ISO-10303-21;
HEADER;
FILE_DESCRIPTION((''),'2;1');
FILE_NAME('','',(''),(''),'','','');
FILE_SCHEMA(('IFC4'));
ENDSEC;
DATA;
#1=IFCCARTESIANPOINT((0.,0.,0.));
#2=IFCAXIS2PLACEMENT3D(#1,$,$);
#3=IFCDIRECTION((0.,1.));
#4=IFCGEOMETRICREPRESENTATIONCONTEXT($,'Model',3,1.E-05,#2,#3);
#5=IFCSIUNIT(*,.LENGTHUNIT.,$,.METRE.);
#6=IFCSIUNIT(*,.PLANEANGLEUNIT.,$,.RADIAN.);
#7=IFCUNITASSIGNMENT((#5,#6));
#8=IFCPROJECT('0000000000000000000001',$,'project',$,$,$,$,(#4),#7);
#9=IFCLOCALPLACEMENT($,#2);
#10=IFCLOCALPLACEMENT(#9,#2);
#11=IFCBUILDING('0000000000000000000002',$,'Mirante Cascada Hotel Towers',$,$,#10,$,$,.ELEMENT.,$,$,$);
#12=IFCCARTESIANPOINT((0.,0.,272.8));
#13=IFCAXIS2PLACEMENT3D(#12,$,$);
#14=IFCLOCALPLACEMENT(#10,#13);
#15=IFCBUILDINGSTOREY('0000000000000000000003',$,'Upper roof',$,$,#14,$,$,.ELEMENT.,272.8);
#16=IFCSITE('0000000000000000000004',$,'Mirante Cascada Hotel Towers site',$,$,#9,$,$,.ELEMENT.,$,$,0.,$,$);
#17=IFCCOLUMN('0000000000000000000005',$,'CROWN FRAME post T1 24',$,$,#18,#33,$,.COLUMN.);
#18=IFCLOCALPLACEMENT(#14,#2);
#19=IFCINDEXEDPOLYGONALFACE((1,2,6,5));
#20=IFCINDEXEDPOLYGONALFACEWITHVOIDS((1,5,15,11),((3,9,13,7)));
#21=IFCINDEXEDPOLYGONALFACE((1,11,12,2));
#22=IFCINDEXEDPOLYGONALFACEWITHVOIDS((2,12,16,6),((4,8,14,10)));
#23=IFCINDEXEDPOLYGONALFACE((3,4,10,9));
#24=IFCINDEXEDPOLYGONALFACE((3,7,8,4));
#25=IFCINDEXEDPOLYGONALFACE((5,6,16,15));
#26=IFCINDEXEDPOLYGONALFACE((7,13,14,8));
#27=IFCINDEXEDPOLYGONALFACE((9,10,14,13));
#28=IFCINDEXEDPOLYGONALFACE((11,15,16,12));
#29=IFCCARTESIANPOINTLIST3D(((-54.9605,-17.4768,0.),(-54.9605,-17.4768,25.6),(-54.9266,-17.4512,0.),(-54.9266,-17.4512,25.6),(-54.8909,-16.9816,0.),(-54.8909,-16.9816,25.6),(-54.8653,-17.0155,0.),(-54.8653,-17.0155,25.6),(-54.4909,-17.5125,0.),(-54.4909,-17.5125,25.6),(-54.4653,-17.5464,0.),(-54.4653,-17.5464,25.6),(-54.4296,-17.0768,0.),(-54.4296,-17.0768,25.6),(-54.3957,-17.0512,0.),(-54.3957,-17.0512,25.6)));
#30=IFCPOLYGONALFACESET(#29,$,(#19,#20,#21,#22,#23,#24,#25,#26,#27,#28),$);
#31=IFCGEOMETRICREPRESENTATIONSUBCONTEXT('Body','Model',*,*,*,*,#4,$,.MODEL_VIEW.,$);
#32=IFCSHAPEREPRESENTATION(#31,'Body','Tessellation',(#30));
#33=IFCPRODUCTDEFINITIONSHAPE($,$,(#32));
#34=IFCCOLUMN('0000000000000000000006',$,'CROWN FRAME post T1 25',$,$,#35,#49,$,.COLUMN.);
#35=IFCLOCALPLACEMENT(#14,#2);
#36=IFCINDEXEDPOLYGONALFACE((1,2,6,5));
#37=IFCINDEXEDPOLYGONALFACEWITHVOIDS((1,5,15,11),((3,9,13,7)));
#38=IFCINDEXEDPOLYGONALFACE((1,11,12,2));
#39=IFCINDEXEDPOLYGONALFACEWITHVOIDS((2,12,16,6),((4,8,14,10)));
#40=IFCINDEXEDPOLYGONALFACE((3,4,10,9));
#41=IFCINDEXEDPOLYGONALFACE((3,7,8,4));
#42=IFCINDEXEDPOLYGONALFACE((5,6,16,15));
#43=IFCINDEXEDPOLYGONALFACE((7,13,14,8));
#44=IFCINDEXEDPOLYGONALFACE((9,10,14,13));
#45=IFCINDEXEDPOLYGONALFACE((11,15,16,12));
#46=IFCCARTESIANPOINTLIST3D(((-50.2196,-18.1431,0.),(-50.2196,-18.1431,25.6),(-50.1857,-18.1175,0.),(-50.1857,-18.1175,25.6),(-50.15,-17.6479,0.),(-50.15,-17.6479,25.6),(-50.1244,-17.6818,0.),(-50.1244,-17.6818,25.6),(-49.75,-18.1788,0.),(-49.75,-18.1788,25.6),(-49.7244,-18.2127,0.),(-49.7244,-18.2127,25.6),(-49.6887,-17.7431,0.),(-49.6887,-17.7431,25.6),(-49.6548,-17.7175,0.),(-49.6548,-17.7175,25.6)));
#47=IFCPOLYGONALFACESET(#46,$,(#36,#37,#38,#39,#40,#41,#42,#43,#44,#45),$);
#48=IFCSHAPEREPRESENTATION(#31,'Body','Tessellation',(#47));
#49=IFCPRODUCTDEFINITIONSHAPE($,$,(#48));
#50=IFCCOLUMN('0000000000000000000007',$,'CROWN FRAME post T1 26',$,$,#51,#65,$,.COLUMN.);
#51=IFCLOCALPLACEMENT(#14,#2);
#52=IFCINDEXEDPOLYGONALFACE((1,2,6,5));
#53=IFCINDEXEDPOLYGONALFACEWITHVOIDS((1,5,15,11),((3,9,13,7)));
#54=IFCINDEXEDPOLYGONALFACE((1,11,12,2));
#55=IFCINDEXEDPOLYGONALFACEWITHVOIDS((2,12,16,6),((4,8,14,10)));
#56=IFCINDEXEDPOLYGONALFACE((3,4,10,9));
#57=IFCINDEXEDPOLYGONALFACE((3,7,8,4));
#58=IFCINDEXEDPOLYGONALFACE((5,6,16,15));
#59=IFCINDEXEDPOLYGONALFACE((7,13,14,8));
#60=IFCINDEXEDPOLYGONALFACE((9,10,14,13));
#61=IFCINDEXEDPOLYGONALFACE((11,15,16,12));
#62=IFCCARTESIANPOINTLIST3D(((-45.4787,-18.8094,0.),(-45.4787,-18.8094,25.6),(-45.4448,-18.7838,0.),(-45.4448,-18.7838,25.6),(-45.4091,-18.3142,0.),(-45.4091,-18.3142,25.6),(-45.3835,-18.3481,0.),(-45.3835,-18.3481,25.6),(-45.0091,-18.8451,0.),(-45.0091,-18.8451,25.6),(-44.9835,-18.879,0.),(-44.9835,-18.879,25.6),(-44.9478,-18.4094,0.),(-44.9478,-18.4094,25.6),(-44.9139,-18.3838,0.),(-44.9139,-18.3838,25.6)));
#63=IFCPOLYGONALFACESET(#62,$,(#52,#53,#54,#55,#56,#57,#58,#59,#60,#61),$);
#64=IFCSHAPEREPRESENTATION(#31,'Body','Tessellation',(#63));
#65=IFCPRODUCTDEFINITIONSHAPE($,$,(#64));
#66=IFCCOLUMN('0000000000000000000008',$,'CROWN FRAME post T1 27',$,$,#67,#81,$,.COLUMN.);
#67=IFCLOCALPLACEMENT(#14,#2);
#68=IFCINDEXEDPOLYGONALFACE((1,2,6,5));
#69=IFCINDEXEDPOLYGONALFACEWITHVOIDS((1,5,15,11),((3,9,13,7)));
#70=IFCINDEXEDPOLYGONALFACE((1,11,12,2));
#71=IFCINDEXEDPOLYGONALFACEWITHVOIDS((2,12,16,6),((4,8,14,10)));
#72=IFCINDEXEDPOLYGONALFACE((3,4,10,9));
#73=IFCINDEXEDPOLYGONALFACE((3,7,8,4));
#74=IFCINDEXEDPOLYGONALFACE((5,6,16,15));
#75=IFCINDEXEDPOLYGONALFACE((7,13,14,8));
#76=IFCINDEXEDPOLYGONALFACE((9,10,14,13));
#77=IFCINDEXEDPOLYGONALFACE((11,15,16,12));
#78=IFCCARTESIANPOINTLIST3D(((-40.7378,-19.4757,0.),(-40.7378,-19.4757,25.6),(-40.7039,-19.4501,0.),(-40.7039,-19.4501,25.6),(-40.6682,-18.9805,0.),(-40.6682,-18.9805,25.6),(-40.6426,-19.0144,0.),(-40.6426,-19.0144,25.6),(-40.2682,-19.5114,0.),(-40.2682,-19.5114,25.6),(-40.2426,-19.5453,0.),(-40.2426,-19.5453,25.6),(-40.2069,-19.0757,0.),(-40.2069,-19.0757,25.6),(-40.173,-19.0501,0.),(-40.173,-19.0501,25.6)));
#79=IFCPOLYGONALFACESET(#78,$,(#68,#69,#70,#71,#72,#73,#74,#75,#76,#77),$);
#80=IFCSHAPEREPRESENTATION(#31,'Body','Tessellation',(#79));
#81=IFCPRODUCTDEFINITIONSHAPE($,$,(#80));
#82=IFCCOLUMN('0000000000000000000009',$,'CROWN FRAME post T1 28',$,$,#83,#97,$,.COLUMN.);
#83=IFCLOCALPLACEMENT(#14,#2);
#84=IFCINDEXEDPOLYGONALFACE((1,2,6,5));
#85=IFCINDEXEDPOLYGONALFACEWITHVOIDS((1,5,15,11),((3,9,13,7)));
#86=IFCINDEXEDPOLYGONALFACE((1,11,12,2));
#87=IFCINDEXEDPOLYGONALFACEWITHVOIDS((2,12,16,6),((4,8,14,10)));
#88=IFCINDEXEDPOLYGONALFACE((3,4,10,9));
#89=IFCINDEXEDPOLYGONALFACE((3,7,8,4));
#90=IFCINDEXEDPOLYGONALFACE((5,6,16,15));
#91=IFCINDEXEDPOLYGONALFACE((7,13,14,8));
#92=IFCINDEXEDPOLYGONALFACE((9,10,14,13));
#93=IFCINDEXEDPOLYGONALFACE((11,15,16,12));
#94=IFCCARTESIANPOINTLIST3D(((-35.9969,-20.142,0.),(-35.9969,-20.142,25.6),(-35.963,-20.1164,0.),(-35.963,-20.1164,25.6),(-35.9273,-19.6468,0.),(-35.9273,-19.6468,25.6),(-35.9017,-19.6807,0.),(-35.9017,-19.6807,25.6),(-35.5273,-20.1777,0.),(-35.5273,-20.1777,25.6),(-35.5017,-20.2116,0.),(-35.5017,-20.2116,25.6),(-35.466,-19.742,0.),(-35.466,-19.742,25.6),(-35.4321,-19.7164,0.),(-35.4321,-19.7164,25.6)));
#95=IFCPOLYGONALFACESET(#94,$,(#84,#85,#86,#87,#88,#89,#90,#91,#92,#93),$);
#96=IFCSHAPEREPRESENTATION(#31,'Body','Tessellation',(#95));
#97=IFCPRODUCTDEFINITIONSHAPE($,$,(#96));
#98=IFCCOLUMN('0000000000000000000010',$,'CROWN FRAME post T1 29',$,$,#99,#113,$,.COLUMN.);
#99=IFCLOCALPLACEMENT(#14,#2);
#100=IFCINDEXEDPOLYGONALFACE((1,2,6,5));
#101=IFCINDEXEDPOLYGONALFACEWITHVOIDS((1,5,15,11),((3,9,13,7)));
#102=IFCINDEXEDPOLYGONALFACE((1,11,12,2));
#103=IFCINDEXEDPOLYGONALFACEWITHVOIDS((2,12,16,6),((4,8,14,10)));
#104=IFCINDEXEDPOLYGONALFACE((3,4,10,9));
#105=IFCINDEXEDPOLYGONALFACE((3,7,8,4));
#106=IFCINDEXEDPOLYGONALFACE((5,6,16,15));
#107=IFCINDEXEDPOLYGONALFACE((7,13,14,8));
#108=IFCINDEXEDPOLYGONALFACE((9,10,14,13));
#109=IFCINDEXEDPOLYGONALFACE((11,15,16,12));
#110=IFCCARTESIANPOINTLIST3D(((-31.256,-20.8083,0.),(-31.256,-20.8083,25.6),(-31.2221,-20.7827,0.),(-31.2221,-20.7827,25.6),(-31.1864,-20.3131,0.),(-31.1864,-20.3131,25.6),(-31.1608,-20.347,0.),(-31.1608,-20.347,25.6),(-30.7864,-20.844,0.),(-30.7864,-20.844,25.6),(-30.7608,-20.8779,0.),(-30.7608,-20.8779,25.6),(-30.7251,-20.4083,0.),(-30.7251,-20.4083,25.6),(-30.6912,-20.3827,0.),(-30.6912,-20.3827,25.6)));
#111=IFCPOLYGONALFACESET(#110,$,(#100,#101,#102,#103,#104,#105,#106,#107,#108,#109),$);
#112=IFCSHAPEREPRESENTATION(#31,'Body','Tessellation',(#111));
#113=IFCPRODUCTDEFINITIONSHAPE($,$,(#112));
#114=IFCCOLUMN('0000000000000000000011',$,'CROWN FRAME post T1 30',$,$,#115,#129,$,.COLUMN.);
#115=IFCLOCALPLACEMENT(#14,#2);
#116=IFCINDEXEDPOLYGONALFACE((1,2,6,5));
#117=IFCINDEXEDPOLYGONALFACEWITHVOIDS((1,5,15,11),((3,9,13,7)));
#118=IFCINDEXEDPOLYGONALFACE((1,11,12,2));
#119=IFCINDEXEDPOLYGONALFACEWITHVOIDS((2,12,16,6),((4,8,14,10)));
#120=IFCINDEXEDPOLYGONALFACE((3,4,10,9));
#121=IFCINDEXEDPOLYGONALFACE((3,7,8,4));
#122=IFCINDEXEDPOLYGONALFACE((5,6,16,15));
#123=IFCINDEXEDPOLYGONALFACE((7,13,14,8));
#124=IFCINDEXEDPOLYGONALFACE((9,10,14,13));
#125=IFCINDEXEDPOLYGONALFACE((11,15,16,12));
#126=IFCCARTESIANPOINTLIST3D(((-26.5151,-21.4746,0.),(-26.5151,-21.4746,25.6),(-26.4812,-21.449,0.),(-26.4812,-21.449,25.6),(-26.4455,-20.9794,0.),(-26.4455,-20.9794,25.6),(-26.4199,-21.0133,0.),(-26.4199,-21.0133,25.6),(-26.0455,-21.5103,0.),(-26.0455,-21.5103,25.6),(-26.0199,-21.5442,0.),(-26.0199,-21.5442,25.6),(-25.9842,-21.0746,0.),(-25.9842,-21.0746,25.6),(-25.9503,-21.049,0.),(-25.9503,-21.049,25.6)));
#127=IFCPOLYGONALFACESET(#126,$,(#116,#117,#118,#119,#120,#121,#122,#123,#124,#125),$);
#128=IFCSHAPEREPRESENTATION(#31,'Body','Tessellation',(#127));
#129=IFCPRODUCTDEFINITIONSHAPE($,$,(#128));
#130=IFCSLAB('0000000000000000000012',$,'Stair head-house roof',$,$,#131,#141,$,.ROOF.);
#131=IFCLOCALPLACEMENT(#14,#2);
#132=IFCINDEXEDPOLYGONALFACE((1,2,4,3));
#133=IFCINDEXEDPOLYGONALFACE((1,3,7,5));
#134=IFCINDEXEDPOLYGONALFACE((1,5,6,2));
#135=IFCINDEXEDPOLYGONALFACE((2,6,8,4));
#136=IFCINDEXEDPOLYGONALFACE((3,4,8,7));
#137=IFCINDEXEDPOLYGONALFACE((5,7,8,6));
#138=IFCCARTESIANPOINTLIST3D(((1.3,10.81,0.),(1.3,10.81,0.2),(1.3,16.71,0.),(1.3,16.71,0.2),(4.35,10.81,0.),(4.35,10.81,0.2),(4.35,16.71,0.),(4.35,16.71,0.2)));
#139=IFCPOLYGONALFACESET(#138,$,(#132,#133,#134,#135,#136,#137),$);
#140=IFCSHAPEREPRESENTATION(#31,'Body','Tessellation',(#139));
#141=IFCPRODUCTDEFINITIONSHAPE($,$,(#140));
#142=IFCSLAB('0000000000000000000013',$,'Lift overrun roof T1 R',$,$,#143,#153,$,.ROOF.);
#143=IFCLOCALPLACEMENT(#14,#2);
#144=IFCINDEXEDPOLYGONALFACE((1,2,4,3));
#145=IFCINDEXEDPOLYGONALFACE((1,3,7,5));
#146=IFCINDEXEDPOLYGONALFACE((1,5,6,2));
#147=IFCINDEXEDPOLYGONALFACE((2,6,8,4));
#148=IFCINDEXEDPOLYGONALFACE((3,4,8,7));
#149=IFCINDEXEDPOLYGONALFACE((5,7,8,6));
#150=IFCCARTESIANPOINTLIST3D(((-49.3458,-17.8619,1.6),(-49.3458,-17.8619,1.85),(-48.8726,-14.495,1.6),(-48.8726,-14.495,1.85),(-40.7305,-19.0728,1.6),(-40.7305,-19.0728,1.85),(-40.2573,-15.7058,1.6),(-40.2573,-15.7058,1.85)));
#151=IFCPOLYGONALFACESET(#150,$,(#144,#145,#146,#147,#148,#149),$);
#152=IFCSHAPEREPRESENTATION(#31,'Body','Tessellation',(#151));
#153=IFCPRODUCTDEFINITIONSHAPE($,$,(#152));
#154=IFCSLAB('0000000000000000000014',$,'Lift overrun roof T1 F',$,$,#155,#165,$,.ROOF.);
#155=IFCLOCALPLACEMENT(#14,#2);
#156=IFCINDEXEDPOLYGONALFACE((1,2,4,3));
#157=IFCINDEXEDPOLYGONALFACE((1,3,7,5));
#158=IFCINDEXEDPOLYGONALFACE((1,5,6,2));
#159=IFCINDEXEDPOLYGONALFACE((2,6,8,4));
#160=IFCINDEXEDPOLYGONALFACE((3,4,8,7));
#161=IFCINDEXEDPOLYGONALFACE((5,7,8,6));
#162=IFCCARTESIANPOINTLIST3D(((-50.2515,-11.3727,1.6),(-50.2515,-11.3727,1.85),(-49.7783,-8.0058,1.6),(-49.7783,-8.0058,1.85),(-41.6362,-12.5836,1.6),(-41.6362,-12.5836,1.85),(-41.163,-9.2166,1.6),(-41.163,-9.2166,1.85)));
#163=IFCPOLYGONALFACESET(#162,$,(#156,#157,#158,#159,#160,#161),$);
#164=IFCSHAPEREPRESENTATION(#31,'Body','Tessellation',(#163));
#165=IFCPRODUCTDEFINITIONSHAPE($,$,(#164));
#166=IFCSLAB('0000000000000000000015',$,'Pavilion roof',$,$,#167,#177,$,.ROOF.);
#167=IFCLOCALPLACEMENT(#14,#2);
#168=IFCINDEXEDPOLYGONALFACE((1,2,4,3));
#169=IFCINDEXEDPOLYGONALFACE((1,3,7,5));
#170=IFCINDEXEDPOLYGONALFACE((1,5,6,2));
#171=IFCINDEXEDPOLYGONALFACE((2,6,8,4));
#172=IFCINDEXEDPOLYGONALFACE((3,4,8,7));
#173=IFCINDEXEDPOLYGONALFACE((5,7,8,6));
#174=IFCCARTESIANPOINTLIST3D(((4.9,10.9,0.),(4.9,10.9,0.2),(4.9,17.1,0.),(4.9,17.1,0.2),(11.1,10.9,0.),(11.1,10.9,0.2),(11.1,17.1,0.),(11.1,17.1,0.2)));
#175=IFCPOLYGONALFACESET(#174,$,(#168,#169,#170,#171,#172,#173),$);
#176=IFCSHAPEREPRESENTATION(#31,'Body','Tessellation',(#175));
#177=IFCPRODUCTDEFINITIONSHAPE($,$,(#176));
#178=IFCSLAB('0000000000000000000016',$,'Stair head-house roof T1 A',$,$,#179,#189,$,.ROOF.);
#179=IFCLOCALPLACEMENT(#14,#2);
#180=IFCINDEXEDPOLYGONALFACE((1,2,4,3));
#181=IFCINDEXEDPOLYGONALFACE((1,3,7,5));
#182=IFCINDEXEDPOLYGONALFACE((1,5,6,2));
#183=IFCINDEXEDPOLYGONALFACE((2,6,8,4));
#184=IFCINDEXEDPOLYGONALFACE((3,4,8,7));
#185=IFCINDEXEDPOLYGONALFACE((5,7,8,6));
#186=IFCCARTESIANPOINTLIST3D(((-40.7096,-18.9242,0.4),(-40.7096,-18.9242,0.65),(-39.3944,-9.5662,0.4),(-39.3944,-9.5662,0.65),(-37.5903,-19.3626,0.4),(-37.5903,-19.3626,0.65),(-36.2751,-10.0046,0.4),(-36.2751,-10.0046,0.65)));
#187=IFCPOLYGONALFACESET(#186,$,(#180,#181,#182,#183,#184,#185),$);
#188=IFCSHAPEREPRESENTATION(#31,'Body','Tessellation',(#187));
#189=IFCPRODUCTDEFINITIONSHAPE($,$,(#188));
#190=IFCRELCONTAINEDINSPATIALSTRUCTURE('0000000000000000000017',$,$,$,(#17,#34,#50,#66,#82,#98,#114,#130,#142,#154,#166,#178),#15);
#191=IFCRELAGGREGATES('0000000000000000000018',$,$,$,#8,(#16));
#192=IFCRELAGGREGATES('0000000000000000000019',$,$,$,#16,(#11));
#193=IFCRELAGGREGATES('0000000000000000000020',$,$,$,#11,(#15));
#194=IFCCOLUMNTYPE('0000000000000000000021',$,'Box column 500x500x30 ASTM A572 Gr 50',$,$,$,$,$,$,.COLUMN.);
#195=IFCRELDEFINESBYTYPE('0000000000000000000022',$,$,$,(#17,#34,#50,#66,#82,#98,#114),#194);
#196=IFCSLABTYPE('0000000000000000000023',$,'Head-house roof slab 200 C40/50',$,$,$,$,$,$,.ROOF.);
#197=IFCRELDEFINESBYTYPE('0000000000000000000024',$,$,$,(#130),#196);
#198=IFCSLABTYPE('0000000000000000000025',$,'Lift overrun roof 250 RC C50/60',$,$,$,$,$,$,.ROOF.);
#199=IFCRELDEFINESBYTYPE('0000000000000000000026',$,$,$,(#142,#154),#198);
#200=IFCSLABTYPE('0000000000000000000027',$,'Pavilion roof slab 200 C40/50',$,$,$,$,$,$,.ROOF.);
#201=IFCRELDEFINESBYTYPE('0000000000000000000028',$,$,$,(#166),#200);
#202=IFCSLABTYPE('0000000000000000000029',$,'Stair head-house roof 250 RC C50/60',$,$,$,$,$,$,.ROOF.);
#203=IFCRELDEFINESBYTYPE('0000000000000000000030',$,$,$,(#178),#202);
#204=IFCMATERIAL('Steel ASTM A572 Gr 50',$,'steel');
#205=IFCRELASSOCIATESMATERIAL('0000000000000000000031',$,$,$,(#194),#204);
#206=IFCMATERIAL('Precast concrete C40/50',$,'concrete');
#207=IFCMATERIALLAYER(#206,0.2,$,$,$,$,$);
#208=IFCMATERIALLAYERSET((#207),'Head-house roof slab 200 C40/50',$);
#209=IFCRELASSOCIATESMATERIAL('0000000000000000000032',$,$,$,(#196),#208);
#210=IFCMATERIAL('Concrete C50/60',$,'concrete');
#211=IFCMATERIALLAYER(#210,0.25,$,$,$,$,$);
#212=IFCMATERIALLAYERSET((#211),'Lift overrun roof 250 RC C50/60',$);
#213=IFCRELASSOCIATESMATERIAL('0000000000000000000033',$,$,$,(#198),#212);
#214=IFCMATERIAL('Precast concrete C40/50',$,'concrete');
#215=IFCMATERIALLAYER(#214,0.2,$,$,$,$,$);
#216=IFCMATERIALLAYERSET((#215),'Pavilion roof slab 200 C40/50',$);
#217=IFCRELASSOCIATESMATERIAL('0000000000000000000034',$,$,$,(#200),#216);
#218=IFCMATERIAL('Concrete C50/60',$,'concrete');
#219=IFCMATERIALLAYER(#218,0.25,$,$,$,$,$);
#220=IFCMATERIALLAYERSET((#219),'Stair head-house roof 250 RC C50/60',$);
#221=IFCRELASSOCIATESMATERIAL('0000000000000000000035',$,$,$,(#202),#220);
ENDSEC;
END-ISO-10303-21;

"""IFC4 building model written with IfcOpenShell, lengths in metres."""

from ifc_helpers import new_model, si_unit, direction, frame, origin, origin_2d, place, context, subcontext, project, spatial, polyline, hollow_rectangle, outline, extrude, material, layer, layer_set, material_profile, profile_set, type_object, element, save


model = new_model("IFC4")

# Units and contexts
model_context = context("Model", 3, precision=1e-05, world=origin(), true_north=direction((0.0, 1.0)))
body_context = subcontext(model_context, "Body", "Model", "MODEL_VIEW")
ifc_project = project(units=[si_unit("LENGTHUNIT", "METRE"), si_unit("PLANEANGLEUNIT", "RADIAN")], contexts=[model_context])

# Site, building, storey
site_placement = place(None, origin())
site = spatial("IfcSite", under=ifc_project, at=site_placement, Name="Mirante Cascada Hotel Towers site", CompositionType="ELEMENT", RefElevation=0.0)
building_placement = place(site_placement, origin())
building = spatial("IfcBuilding", under=site, at=building_placement, Name="Mirante Cascada Hotel Towers", CompositionType="ELEMENT")
storey_placement = place(building_placement, frame((0.0, 0.0, 272.8)))
storey = spatial("IfcBuildingStorey", under=building, at=storey_placement, Name="Upper roof", CompositionType="ELEMENT", Elevation=272.8)

# Columns
ifc_material_1 = material(Name="Steel ASTM A572 Gr 50", Category="steel")
ifc_material_profile_1 = material_profile(ifc_material_1, hollow_rectangle(XDim=0.5, YDim=0.5, WallThickness=0.03, at=origin_2d()), Name="Box column 500x500x30 ASTM A572 Gr 50")
ifc_profile_set_1 = profile_set([ifc_material_profile_1], Name="Steel ASTM A572 Gr 50")
column_type_1 = type_object("IfcColumnType", Name="Box column 500x500x30 ASTM A572 Gr 50", PredefinedType="COLUMN", material=ifc_profile_set_1)
for number, where, z_axis, x_axis, name in (
    (1, (-54.6781, -17.264, 0.0), (0.0, 0.0, 1.0), (-0.990268, 0.139173, 0.0), "CROWN FRAME post T1 24"),
    (2, (-49.9372, -17.9303, 0.0), (0.0, 0.0, 1.0), (-0.990268, 0.139173, 0.0), "CROWN FRAME post T1 25"),
    (3, (-45.1963, -18.5966, 0.0), (0.0, 0.0, 1.0), (-0.990268, 0.139173, 0.0), "CROWN FRAME post T1 26"),
    (4, (-40.4554, -19.2629, 0.0), (0.0, 0.0, 1.0), (-0.990268, 0.139173, 0.0), "CROWN FRAME post T1 27"),
    (5, (-35.7145, -19.9292, 0.0), (0.0, 0.0, 1.0), (-0.990268, 0.139173, 0.0), "CROWN FRAME post T1 28"),
    (6, (-30.9736, -20.5955, 0.0), (0.0, 0.0, 1.0), (-0.990268, 0.139173, 0.0), "CROWN FRAME post T1 29"),
    (7, (-26.2327, -21.2618, 0.0), (0.0, 0.0, 1.0), (-0.990268, 0.139173, 0.0), "CROWN FRAME post T1 30"),
):
    element("IfcColumn", number, at=place(storey_placement, frame(where, z_axis=z_axis, x_axis=x_axis)), inside=storey, type_object=column_type_1, Name=name, PredefinedType="COLUMN", context=body_context, shape_type="SweptSolid", body=[
        extrude(hollow_rectangle(XDim=0.5, YDim=0.5, WallThickness=0.03, at=origin_2d()), origin(), (0.0, 0.0, 1.0), 25.6),
    ])

# Slabs
ifc_material_2 = material(Name="Precast concrete C40/50", Category="concrete")
ifc_layer_1 = layer(ifc_material_2, 0.2)
ifc_layer_set_1 = layer_set([ifc_layer_1], Name="Head-house roof slab 200 C40/50")
slab_type_1 = type_object("IfcSlabType", Name="Head-house roof slab 200 C40/50", PredefinedType="ROOF", material=ifc_layer_set_1)
slab_1_placement = place(storey_placement, origin())
element("IfcSlab", 8, at=slab_1_placement, inside=storey, type_object=slab_type_1, Name="Stair head-house roof", PredefinedType="ROOF", context=body_context, shape_type="SweptSolid", body=[
    extrude(outline(polyline([(1.3, 10.81), (4.35, 10.81), (4.35, 16.71), (1.3, 16.71), (1.3, 10.81)])), origin(), (0.0, 0.0, 1.0), 0.2),
])
ifc_material_3 = material(Name="Concrete C50/60", Category="concrete")
ifc_layer_2 = layer(ifc_material_3, 0.25)
ifc_layer_set_2 = layer_set([ifc_layer_2], Name="Lift overrun roof 250 RC C50/60")
slab_type_2 = type_object("IfcSlabType", Name="Lift overrun roof 250 RC C50/60", PredefinedType="ROOF", material=ifc_layer_set_2)
slab_2_placement = place(storey_placement, frame((0.0, 0.0, 1.6)))
element("IfcSlab", 9, at=slab_2_placement, inside=storey, type_object=slab_type_2, Name="Lift overrun roof T1 R", PredefinedType="ROOF", context=body_context, shape_type="SweptSolid", body=[
    extrude(outline(polyline([(-40.2573, -15.7058), (-48.8726, -14.495), (-49.3458, -17.8619), (-40.7305, -19.0728), (-40.2573, -15.7058)])), origin(), (0.0, 0.0, 1.0), 0.25),
])
slab_3_placement = place(storey_placement, frame((0.0, 0.0, 1.6)))
element("IfcSlab", 10, at=slab_3_placement, inside=storey, type_object=slab_type_2, Name="Lift overrun roof T1 F", PredefinedType="ROOF", context=body_context, shape_type="SweptSolid", body=[
    extrude(outline(polyline([(-41.163, -9.2166), (-49.7783, -8.0058), (-50.2515, -11.3727), (-41.6362, -12.5836), (-41.163, -9.2166)])), origin(), (0.0, 0.0, 1.0), 0.25),
])
ifc_material_4 = material(Name="Precast concrete C40/50", Category="concrete")
ifc_layer_3 = layer(ifc_material_4, 0.2)
ifc_layer_set_3 = layer_set([ifc_layer_3], Name="Pavilion roof slab 200 C40/50")
slab_type_3 = type_object("IfcSlabType", Name="Pavilion roof slab 200 C40/50", PredefinedType="ROOF", material=ifc_layer_set_3)
slab_4_placement = place(storey_placement, origin())
element("IfcSlab", 11, at=slab_4_placement, inside=storey, type_object=slab_type_3, Name="Pavilion roof", PredefinedType="ROOF", context=body_context, shape_type="SweptSolid", body=[
    extrude(outline(polyline([(4.9, 10.9), (11.1, 10.9), (11.1, 17.1), (4.9, 17.1), (4.9, 10.9)])), origin(), (0.0, 0.0, 1.0), 0.2),
])
ifc_material_5 = material(Name="Concrete C50/60", Category="concrete")
ifc_layer_4 = layer(ifc_material_5, 0.25)
ifc_layer_set_4 = layer_set([ifc_layer_4], Name="Stair head-house roof 250 RC C50/60")
slab_type_4 = type_object("IfcSlabType", Name="Stair head-house roof 250 RC C50/60", PredefinedType="ROOF", material=ifc_layer_set_4)
slab_5_placement = place(storey_placement, frame((0.0, 0.0, 0.4)))
element("IfcSlab", 12, at=slab_5_placement, inside=storey, type_object=slab_type_4, Name="Stair head-house roof T1 A", PredefinedType="ROOF", context=body_context, shape_type="SweptSolid", body=[
    extrude(outline(polyline([(-36.2751, -10.0046), (-39.3944, -9.5662), (-40.7096, -18.9242), (-37.5903, -19.3626), (-36.2751, -10.0046)])), origin(), (0.0, 0.0, 1.0), 0.25),
])

save(model, "model.ifc")
